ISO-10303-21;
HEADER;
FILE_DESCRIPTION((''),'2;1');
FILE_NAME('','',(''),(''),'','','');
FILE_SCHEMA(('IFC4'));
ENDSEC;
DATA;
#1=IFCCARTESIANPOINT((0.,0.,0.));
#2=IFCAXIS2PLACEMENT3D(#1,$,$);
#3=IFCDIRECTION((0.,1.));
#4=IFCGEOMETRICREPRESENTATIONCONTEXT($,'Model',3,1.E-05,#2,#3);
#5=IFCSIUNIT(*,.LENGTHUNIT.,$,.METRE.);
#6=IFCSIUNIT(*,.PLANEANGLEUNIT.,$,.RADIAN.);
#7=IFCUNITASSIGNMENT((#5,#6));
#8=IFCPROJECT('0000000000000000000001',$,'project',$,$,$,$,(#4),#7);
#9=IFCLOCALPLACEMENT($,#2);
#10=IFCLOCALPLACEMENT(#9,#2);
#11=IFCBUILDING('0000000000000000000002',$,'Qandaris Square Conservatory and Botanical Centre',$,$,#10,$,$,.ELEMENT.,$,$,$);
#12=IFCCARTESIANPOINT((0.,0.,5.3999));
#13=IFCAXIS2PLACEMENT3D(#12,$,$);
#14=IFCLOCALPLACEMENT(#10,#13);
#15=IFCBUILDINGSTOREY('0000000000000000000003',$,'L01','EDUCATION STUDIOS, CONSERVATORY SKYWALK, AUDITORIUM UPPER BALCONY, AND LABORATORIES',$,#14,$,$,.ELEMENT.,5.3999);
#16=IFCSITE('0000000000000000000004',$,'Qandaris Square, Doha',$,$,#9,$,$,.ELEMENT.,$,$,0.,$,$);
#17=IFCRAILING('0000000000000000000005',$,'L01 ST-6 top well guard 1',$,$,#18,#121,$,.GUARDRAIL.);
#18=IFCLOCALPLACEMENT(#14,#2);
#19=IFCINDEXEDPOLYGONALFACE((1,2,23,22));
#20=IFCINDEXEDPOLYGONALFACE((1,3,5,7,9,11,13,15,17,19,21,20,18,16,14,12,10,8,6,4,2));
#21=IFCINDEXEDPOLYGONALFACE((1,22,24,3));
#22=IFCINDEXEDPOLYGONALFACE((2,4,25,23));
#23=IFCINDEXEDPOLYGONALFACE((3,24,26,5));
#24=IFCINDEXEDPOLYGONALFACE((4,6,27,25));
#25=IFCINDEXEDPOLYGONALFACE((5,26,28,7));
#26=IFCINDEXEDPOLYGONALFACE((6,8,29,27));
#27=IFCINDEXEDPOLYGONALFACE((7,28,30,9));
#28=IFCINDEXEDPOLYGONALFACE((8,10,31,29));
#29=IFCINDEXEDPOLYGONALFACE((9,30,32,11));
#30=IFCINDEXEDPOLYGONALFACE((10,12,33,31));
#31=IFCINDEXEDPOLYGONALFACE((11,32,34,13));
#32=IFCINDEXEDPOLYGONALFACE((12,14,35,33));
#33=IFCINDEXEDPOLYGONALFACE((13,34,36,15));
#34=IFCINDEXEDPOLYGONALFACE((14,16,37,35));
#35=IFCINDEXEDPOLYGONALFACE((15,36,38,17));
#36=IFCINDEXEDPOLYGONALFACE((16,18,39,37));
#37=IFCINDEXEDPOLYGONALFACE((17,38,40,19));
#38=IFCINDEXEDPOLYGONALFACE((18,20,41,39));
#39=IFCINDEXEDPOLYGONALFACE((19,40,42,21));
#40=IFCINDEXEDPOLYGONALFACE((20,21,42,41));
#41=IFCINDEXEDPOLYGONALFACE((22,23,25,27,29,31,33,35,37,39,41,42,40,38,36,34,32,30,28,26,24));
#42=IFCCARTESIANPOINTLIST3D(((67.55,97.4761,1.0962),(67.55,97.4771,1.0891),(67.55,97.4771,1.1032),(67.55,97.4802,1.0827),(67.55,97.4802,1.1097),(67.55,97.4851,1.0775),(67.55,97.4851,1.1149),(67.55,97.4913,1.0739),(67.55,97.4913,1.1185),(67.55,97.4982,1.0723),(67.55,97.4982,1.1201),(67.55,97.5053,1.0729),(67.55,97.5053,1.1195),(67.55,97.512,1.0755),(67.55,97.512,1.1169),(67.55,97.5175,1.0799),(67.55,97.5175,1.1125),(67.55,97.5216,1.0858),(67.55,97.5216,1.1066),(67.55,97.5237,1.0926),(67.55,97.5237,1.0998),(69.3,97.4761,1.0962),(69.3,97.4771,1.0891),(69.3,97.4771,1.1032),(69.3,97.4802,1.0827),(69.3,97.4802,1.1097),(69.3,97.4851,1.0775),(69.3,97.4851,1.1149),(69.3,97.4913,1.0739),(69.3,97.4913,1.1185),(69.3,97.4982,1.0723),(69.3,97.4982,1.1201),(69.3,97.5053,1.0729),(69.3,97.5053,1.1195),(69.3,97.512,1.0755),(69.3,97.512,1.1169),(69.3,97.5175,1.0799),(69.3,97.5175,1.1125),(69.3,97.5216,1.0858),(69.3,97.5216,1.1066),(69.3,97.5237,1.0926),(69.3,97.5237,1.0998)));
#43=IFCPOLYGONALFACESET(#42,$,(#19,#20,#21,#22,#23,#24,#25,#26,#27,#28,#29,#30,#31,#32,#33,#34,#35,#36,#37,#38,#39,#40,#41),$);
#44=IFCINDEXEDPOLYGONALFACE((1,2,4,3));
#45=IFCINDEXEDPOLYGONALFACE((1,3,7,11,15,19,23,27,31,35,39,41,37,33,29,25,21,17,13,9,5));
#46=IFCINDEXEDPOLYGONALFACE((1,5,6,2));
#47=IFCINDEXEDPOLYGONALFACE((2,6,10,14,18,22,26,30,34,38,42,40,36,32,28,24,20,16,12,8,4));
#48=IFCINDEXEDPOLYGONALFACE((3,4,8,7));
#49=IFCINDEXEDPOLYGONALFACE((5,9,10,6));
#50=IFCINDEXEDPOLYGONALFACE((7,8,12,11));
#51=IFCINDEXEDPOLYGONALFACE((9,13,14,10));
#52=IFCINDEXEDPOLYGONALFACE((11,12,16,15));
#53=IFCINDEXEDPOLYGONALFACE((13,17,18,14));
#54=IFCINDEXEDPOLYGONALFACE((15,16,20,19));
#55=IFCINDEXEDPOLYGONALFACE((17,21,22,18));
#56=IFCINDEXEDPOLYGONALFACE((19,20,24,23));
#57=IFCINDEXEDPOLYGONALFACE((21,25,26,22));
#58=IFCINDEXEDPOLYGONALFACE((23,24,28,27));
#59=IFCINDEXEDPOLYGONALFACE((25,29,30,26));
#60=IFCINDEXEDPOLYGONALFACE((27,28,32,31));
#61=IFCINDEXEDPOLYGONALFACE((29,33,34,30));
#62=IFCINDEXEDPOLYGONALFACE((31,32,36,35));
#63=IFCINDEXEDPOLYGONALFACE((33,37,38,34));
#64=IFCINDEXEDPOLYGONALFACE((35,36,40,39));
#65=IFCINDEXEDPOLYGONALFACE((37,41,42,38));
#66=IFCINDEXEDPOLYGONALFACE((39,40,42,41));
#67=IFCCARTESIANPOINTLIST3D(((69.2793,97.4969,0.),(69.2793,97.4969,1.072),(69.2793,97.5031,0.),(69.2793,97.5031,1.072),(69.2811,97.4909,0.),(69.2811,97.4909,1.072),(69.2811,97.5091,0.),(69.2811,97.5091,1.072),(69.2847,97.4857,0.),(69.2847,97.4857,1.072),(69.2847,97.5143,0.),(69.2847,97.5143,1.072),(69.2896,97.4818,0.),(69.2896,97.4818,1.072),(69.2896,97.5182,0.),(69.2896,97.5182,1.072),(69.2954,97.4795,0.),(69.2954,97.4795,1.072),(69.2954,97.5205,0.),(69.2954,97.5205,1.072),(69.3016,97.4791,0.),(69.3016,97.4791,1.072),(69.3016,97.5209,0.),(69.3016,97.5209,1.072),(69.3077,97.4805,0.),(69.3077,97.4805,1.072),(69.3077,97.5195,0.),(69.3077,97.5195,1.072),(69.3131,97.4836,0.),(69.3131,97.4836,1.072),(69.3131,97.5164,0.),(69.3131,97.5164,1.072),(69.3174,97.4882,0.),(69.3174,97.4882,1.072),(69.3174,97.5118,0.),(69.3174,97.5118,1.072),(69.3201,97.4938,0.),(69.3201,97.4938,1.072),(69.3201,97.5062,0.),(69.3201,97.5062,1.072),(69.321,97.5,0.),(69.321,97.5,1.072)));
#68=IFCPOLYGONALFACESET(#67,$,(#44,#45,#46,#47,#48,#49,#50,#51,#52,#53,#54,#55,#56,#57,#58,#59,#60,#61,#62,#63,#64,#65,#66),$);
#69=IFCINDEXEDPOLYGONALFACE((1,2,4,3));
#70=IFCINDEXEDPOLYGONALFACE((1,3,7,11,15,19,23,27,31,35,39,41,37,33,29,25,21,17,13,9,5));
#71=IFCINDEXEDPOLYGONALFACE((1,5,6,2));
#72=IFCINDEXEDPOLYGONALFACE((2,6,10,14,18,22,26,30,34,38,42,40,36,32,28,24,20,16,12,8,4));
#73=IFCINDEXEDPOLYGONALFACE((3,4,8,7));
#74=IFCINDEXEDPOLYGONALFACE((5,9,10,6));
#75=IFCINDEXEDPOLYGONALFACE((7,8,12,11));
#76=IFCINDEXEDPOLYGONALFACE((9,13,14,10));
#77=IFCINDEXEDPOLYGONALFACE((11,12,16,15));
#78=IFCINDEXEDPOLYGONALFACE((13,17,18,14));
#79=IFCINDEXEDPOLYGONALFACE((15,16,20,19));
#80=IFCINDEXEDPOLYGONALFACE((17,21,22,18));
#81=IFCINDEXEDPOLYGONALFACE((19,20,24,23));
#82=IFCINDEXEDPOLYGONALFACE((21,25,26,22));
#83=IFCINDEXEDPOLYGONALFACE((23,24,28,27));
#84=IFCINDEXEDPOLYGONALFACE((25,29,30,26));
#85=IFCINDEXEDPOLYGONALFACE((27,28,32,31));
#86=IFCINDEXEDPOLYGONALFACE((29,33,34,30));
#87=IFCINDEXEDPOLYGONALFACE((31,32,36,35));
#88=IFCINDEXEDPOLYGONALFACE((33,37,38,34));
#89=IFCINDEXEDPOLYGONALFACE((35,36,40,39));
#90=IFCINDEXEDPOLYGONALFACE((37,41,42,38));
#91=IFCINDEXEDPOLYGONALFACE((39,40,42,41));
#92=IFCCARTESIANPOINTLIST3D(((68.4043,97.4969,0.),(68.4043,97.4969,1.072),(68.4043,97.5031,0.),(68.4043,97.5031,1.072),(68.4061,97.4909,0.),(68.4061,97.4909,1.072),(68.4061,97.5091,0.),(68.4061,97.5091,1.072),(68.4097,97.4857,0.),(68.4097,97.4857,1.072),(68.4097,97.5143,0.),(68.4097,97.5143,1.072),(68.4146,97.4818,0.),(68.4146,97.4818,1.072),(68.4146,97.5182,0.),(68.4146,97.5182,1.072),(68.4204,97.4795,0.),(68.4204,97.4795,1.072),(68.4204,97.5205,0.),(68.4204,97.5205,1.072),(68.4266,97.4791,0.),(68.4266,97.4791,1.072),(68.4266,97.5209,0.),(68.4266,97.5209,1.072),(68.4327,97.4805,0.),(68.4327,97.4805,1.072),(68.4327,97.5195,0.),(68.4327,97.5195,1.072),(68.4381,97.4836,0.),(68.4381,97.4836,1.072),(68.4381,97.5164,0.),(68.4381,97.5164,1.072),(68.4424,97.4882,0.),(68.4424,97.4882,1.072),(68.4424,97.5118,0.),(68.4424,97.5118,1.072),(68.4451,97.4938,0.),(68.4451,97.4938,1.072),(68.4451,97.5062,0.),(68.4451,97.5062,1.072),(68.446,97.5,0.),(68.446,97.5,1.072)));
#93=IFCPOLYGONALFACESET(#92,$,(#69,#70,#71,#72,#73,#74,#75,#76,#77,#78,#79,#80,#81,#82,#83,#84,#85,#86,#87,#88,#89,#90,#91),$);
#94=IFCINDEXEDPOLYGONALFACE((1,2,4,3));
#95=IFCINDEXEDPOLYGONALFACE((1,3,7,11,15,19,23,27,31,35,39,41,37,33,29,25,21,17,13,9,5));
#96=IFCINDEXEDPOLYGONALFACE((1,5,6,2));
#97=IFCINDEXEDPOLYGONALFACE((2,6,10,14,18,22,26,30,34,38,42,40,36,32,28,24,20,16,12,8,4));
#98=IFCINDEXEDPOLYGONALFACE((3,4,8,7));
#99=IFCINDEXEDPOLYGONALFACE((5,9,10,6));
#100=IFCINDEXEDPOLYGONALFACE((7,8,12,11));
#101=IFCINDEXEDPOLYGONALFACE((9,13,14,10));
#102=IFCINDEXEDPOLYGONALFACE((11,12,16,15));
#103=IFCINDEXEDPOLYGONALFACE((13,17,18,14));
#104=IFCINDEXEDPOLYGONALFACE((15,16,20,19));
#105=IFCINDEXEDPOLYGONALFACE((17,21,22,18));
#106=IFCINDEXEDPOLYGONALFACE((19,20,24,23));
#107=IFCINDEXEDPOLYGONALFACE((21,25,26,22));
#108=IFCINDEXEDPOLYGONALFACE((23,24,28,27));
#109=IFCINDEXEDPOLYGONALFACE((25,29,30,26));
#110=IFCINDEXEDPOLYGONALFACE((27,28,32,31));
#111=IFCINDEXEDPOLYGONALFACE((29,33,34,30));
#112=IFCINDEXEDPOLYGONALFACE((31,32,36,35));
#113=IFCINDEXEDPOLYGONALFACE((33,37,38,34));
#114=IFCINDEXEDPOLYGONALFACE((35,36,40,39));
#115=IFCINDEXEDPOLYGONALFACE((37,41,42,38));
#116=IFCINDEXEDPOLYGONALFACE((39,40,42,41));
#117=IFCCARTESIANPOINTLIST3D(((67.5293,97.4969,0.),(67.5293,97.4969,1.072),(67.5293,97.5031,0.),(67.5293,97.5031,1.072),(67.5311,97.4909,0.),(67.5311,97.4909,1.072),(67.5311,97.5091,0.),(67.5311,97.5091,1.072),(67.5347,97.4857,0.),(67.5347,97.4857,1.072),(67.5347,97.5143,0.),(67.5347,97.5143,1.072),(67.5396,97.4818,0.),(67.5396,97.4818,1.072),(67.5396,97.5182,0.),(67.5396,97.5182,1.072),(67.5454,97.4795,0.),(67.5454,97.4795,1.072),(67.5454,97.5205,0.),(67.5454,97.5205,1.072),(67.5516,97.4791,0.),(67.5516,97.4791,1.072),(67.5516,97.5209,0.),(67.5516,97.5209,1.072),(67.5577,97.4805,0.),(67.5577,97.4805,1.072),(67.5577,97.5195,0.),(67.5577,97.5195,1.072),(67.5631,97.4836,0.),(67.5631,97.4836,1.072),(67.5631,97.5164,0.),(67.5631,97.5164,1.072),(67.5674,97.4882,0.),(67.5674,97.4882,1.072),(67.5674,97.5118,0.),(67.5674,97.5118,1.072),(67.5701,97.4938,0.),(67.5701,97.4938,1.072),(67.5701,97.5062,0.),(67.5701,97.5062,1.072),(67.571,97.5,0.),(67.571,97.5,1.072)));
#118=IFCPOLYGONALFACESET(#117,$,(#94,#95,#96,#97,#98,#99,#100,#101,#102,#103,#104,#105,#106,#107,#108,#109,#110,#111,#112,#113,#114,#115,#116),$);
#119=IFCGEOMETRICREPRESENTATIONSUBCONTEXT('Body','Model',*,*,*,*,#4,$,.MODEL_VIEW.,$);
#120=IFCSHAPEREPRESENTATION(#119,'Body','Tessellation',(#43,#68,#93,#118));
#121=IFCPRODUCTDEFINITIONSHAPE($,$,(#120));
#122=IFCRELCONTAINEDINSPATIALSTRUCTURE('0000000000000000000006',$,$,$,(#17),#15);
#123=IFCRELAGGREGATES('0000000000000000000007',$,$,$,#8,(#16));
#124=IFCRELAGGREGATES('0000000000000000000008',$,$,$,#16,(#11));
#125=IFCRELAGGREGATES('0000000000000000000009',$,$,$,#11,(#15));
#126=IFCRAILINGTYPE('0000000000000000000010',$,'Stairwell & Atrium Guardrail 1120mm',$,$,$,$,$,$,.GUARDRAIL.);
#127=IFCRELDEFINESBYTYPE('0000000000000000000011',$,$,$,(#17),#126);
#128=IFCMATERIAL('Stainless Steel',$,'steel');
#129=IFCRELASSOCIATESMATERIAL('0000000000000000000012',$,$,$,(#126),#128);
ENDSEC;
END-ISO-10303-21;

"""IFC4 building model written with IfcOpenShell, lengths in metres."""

from ifc_helpers import new_model, si_unit, direction, frame, origin, origin_2d, place, context, subcontext, project, spatial, circle, extrude, material, type_object, element, save


model = new_model("IFC4")

# Units and contexts
model_context = context("Model", 3, precision=1e-05, world=origin(), true_north=direction((0.0, 1.0)))
body_context = subcontext(model_context, "Body", "Model", "MODEL_VIEW")
ifc_project = project(units=[si_unit("LENGTHUNIT", "METRE"), si_unit("PLANEANGLEUNIT", "RADIAN")], contexts=[model_context])

# Site, building, storey
site_placement = place(None, origin())
site = spatial("IfcSite", under=ifc_project, at=site_placement, Name="Qandaris Square, Doha", CompositionType="ELEMENT", RefElevation=0.0)
building_placement = place(site_placement, origin())
building = spatial("IfcBuilding", under=site, at=building_placement, Name="Qandaris Square Conservatory and Botanical Centre", CompositionType="ELEMENT")
storey_placement = place(building_placement, frame((0.0, 0.0, 5.3999)))
storey = spatial("IfcBuildingStorey", under=building, at=storey_placement, Name="L01", Description="EDUCATION STUDIOS, CONSERVATORY SKYWALK, AUDITORIUM UPPER BALCONY, AND LABORATORIES", CompositionType="ELEMENT", Elevation=5.3999)

# Railing
ifc_material_1 = material(Name="Stainless Steel", Category="steel")
railing_type = type_object("IfcRailingType", Name="Stairwell & Atrium Guardrail 1120mm", PredefinedType="GUARDRAIL", material=ifc_material_1)
railing_placement = place(storey_placement, frame((69.3, 97.5, 0.0)))
element("IfcRailing", 1, at=railing_placement, inside=storey, type_object=railing_type, Name="L01 ST-6 top well guard 1", PredefinedType="GUARDRAIL", context=body_context, shape_type="SweptSolid", body=[
    extrude(circle(Radius=0.0239, at=origin_2d()), frame((0.0, 0.0, 1.0962), z_axis=(-1.0, 0.0, 0.0), x_axis=(0.0, -1.0, 0.0)), (0.0, 0.0, 1.0), 1.75),
    extrude(circle(Radius=0.021, at=origin_2d()), origin(), (0.0, 0.0, 1.0), 1.072),
    extrude(circle(Radius=0.021, at=origin_2d()), frame((-0.875, 0.0, 0.0)), (0.0, 0.0, 1.0), 1.072),
    extrude(circle(Radius=0.021, at=origin_2d()), frame((-1.75, 0.0, 0.0)), (0.0, 0.0, 1.0), 1.072),
])

save(model, "model.ifc")
